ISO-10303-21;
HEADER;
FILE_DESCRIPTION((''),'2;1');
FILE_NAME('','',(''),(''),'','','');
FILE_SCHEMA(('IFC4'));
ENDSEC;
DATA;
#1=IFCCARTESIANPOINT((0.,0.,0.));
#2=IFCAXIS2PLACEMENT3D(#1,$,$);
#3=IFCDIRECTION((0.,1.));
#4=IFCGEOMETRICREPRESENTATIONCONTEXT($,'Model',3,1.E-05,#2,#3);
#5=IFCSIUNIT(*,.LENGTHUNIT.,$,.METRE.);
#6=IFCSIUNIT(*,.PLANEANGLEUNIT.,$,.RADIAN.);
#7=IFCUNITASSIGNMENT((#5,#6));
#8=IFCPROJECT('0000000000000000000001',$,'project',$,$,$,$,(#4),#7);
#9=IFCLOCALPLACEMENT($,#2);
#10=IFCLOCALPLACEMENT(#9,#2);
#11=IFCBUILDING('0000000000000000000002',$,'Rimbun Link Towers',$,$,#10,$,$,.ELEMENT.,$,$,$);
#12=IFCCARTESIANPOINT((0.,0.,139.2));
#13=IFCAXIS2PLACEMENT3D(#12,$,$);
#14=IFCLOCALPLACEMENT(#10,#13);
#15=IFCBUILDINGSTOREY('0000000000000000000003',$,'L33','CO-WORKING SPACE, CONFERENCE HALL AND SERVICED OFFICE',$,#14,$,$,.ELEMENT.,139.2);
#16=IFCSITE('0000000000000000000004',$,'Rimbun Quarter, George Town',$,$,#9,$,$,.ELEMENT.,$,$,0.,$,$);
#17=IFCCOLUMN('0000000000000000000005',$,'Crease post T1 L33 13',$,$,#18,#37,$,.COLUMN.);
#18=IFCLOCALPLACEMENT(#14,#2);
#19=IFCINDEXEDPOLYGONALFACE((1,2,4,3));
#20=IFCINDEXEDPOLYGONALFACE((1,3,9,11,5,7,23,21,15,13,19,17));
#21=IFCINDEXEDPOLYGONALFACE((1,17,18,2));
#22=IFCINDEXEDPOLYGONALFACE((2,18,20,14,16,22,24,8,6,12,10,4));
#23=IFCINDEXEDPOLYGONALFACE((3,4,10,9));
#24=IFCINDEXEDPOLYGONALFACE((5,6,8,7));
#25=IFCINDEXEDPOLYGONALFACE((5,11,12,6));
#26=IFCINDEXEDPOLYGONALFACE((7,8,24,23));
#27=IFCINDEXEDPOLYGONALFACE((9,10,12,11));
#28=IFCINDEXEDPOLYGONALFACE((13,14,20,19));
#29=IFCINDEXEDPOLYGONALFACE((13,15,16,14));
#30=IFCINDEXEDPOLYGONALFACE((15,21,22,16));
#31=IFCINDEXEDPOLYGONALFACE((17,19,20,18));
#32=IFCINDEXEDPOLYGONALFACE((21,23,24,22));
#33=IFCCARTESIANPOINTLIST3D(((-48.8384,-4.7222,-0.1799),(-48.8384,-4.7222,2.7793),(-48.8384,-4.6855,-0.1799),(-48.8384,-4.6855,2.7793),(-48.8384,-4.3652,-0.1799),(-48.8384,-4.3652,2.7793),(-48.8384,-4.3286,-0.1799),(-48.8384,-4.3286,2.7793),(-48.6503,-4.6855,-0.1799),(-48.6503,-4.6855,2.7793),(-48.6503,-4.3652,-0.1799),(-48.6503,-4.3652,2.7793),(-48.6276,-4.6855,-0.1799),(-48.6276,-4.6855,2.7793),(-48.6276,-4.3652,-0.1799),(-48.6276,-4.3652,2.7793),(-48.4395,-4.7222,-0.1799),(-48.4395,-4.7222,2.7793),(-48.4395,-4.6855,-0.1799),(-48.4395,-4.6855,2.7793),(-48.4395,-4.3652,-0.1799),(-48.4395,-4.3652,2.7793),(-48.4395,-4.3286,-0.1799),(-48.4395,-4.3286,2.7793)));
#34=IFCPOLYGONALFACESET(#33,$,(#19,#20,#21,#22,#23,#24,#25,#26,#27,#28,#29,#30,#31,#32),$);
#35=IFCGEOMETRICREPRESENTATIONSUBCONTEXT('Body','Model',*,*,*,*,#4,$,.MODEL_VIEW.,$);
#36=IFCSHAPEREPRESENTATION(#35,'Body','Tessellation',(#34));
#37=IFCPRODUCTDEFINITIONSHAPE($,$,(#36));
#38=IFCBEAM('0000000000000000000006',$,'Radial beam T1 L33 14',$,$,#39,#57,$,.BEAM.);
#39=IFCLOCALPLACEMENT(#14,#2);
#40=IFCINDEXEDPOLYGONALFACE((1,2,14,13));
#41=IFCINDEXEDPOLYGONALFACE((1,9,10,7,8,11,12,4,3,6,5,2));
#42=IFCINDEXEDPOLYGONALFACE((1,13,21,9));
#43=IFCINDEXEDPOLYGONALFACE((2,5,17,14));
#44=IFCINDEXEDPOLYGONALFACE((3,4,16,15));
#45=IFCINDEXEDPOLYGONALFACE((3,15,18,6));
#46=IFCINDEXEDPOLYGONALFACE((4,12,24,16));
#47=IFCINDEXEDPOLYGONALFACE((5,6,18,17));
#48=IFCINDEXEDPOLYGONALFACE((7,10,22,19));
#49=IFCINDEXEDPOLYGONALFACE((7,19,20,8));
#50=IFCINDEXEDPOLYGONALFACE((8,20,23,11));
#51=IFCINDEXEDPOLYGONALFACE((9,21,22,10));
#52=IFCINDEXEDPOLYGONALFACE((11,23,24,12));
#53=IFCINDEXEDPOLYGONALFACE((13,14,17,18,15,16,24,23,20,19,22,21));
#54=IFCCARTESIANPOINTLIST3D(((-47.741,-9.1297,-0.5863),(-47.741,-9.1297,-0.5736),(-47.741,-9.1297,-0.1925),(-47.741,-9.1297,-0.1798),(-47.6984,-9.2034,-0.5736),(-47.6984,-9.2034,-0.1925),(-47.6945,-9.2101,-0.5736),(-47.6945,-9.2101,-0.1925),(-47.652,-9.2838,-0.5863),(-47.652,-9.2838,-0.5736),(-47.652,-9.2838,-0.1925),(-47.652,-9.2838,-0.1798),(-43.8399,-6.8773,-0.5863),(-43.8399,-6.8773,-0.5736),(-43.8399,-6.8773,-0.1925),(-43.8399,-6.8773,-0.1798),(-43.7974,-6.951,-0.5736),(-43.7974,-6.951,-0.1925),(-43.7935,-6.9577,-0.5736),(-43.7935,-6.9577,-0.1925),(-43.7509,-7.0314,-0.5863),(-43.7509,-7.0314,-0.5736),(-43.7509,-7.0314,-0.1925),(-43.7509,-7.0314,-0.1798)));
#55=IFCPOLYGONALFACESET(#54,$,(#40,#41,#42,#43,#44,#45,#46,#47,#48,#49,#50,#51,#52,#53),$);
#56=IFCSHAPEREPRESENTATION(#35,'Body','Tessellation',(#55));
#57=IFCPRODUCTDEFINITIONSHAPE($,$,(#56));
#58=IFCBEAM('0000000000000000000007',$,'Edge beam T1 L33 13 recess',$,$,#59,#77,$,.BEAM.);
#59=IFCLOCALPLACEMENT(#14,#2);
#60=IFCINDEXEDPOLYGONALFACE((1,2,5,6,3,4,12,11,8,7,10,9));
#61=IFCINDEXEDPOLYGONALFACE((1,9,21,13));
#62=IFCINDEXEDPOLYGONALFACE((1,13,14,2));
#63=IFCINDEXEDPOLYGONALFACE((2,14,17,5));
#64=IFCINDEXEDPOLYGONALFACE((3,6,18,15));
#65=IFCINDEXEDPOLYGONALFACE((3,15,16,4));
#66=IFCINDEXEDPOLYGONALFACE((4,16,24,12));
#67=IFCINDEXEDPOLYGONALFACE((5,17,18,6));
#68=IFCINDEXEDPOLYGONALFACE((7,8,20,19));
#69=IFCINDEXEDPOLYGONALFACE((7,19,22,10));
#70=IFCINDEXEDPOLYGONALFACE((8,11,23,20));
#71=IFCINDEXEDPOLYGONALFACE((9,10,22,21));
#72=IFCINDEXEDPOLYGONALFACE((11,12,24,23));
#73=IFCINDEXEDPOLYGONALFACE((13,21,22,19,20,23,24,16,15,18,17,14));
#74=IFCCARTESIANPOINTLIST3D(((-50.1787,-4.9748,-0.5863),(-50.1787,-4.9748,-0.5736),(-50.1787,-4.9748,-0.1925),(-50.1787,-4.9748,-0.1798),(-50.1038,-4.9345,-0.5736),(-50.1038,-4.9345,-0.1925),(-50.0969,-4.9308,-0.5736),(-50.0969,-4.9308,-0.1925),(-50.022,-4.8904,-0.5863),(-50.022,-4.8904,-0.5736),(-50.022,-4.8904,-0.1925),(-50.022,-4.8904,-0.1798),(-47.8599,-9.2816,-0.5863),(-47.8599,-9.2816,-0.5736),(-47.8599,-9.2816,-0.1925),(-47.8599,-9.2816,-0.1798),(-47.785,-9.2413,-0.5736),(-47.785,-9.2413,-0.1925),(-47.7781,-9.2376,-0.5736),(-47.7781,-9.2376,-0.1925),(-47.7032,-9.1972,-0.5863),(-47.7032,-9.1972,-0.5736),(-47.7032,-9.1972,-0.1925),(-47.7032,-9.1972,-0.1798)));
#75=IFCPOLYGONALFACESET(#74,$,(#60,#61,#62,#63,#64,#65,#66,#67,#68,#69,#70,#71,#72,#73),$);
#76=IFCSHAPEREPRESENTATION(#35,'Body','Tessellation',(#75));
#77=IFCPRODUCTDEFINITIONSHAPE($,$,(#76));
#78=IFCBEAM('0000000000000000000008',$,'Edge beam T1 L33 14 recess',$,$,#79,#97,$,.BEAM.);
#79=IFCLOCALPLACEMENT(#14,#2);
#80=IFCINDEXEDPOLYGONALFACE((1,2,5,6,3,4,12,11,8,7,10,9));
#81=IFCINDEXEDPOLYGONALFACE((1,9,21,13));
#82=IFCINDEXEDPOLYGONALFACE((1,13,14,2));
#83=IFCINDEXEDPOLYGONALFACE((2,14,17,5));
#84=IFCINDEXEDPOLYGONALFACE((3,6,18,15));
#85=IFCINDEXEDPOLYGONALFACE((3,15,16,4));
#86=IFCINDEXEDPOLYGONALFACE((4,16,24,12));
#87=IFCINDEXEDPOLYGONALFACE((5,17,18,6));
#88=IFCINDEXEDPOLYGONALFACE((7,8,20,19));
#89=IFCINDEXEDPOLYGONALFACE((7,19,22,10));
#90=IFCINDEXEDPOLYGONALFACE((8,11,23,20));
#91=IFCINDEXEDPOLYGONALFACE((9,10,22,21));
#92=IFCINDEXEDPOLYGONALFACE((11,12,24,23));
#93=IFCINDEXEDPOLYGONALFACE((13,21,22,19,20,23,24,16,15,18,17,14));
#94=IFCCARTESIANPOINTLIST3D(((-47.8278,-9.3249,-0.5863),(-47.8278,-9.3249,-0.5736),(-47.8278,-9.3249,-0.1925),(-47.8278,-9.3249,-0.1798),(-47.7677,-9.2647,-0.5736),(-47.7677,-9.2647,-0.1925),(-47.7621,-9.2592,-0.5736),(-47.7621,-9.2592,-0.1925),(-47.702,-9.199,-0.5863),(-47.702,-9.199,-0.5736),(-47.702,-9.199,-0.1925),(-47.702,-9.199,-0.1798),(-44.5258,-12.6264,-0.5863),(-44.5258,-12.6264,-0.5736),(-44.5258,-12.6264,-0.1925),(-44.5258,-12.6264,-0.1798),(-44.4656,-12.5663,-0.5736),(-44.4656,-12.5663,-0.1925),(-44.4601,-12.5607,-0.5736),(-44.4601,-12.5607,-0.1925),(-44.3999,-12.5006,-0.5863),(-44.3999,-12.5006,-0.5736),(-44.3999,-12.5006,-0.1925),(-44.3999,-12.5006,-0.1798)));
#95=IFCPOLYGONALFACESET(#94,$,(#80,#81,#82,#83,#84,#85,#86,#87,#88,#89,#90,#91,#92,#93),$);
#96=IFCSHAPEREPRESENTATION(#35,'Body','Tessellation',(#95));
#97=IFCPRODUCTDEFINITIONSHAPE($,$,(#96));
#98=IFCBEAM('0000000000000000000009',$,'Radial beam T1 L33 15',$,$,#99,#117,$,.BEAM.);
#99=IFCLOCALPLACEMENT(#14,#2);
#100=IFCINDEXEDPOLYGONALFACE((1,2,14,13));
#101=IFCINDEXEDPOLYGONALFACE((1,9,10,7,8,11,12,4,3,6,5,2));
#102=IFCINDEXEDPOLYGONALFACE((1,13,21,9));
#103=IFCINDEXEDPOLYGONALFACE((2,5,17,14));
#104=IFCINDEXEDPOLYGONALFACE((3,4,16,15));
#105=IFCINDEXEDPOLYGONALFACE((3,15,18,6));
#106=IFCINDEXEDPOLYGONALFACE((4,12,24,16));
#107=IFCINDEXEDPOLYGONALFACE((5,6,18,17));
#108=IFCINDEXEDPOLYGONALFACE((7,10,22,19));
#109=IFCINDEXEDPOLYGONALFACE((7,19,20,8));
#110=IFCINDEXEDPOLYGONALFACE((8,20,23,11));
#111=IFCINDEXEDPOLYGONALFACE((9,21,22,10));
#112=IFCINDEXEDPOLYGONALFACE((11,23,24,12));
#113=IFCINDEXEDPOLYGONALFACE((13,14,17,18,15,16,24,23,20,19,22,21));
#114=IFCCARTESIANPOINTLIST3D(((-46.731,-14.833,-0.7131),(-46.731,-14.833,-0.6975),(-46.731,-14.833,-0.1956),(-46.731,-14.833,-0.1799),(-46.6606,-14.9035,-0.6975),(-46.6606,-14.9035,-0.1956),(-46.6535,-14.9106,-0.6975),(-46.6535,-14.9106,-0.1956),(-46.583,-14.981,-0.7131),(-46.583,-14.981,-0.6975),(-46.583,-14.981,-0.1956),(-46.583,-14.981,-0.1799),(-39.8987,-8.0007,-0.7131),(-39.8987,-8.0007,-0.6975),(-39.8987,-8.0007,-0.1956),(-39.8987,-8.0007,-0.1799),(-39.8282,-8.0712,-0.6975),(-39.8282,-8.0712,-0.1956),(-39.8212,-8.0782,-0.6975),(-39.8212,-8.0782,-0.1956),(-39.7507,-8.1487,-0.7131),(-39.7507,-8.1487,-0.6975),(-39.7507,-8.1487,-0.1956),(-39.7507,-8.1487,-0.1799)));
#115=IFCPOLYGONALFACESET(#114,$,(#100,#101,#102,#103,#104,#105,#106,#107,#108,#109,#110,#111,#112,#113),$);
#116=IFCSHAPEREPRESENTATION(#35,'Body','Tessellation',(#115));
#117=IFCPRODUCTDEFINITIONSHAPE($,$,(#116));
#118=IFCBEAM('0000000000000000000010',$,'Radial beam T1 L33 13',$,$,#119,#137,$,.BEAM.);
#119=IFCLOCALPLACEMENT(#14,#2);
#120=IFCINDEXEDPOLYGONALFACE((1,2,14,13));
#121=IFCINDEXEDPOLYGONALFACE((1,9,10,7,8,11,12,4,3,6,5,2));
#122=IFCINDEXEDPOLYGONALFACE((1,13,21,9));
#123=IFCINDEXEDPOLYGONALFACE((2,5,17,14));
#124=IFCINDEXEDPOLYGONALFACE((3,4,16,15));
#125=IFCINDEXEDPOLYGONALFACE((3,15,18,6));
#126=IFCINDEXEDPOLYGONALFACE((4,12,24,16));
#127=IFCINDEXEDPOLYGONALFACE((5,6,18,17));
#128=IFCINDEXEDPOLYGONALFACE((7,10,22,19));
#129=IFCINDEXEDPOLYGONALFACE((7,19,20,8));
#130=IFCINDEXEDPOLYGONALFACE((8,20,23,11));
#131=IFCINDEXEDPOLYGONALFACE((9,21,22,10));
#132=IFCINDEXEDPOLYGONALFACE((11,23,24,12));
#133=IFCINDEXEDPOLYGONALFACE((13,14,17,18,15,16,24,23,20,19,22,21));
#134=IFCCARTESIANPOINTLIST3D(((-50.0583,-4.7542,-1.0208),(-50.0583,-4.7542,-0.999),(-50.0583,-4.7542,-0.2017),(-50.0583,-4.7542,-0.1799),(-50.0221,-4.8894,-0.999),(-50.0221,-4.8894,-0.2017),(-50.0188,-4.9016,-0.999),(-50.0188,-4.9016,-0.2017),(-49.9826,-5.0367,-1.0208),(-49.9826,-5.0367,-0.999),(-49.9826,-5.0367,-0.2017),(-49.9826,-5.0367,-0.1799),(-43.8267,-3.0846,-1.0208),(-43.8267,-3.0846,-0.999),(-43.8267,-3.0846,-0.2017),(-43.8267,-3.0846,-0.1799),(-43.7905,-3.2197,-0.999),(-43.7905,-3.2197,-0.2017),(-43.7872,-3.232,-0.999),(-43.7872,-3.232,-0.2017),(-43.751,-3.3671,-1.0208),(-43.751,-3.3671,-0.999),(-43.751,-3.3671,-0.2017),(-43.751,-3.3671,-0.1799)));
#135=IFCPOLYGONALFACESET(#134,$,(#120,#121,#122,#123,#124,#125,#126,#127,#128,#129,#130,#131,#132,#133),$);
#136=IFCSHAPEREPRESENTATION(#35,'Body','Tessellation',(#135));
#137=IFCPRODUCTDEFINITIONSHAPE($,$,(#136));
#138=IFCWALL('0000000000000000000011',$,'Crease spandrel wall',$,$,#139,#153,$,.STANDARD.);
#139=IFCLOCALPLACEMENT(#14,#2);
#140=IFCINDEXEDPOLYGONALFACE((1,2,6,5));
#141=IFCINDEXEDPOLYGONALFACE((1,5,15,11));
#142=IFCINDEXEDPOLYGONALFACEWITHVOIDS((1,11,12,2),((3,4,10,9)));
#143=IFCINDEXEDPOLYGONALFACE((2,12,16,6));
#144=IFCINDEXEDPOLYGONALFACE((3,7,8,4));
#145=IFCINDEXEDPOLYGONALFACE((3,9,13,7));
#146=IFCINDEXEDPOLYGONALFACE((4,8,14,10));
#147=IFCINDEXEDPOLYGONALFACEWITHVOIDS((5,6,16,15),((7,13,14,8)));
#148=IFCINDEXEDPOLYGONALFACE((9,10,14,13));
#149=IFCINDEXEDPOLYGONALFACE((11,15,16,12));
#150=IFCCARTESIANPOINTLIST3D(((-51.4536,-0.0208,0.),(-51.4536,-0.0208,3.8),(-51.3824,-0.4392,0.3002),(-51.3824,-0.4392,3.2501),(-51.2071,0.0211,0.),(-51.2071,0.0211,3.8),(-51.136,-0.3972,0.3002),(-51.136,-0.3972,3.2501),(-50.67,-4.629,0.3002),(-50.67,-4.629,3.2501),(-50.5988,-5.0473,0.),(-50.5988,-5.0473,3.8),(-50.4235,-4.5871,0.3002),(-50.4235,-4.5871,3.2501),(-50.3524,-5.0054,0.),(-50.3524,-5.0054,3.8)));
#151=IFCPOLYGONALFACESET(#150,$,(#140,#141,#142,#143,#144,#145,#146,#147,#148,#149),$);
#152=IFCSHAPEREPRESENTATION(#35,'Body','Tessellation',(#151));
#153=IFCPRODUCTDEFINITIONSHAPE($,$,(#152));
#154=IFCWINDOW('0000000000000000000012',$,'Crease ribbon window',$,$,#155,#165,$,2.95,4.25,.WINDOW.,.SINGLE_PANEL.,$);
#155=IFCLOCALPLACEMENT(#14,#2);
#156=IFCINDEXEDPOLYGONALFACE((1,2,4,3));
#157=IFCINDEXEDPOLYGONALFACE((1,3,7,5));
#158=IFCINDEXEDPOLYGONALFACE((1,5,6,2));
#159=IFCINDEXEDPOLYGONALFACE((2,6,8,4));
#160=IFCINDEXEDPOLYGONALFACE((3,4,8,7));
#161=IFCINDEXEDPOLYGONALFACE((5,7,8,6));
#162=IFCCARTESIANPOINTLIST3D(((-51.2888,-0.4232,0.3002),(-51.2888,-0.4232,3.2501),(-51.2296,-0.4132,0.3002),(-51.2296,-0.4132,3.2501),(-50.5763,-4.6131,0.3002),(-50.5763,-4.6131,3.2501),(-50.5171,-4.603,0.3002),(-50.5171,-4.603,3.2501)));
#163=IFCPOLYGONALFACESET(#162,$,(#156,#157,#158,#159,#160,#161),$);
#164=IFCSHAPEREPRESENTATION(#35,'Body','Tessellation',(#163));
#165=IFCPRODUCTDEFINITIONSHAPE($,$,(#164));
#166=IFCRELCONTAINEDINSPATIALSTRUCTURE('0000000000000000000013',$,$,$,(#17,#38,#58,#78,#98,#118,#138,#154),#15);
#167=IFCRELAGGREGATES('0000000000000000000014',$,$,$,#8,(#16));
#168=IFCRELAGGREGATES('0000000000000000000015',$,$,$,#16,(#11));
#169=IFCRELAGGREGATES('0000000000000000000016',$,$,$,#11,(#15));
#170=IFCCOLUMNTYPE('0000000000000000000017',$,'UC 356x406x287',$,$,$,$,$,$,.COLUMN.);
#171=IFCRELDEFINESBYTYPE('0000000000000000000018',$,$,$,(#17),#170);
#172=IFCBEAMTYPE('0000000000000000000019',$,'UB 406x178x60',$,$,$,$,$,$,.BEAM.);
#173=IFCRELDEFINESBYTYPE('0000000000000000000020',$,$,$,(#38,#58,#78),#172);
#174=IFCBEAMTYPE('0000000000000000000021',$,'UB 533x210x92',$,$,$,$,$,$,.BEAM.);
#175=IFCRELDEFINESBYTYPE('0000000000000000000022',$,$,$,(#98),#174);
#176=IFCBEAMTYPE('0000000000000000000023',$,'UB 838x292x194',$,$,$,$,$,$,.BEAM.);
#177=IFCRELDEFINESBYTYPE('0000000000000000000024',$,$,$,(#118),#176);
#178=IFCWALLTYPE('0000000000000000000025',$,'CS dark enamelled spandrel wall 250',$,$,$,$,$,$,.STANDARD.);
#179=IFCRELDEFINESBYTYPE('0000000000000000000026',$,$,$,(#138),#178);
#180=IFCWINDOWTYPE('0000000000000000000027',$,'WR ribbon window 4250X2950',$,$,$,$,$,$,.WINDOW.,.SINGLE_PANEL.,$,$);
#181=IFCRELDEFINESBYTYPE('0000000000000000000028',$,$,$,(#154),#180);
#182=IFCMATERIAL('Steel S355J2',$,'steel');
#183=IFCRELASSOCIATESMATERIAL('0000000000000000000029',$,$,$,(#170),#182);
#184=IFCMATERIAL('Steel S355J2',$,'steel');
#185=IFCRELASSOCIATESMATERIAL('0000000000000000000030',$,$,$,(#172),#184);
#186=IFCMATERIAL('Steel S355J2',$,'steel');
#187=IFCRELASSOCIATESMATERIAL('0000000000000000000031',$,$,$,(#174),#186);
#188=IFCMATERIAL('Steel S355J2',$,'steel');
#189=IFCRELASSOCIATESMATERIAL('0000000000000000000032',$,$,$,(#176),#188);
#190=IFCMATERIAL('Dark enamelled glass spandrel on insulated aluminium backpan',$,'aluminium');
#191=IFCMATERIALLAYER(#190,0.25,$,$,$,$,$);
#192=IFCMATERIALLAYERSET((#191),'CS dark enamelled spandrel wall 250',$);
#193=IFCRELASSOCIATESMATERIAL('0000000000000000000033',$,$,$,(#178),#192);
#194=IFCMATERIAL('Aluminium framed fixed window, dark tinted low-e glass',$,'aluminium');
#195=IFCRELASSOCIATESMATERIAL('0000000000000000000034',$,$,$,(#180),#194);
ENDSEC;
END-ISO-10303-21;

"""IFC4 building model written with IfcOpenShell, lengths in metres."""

from ifc_helpers import new_model, si_unit, direction, frame, frame_2d, origin, origin_2d, place, context, subcontext, project, spatial, rectangle, i_section, extrude, material, layer, layer_set, material_profile, profile_set, type_object, element, fill, save


model = new_model("IFC4")

# Units and contexts
model_context = context("Model", 3, precision=1e-05, world=origin(), true_north=direction((0.0, 1.0)))
body_context = subcontext(model_context, "Body", "Model", "MODEL_VIEW")
ifc_project = project(units=[si_unit("LENGTHUNIT", "METRE"), si_unit("PLANEANGLEUNIT", "RADIAN")], contexts=[model_context])

# Site, building, storey
site_placement = place(None, origin())
site = spatial("IfcSite", under=ifc_project, at=site_placement, Name="Rimbun Quarter, George Town", CompositionType="ELEMENT", RefElevation=0.0)
building_placement = place(site_placement, origin())
building = spatial("IfcBuilding", under=site, at=building_placement, Name="Rimbun Link Towers", CompositionType="ELEMENT")
storey_placement = place(building_placement, frame((0.0, 0.0, 139.2)))
storey = spatial("IfcBuildingStorey", under=building, at=storey_placement, Name="L33", Description="CO-WORKING SPACE, CONFERENCE HALL AND SERVICED OFFICE", CompositionType="ELEMENT", Elevation=139.2)

# Column
ifc_material_1 = material(Name="Steel S355J2", Category="steel")
ifc_material_profile_1 = material_profile(ifc_material_1, i_section(OverallWidth=0.3989, OverallDepth=0.3936, WebThickness=0.0227, FlangeThickness=0.0366, at=origin_2d()), Name="UC 356x406x287")
ifc_profile_set_1 = profile_set([ifc_material_profile_1], Name="Steel S355J2")
column_type = type_object("IfcColumnType", Name="UC 356x406x287", PredefinedType="COLUMN", material=ifc_profile_set_1)
column_placement = place(storey_placement, frame((-48.6389, -4.5254, -0.1799), z_axis=(0.0, 0.0, 1.0), x_axis=(1.0, 0.0, 0.0)))
element("IfcColumn", 1, at=column_placement, inside=storey, type_object=column_type, Name="Crease post T1 L33 13", PredefinedType="COLUMN", context=body_context, shape_type="SweptSolid", body=[
    extrude(i_section(OverallWidth=0.3989, OverallDepth=0.3936, WebThickness=0.0227, FlangeThickness=0.0366, at=origin_2d()), origin(), (0.0, 0.0, 1.0), 2.9592),
])

# Beams
ifc_material_2 = material(Name="Steel S355J2", Category="steel")
ifc_material_profile_2 = material_profile(ifc_material_2, i_section(OverallWidth=0.178, OverallDepth=0.4065, WebThickness=0.0078, FlangeThickness=0.0127, at=origin_2d()), Name="UB 406x178x60")
ifc_profile_set_2 = profile_set([ifc_material_profile_2], Name="Steel S355J2")
beam_type_1 = type_object("IfcBeamType", Name="UB 406x178x60", PredefinedType="BEAM", material=ifc_profile_set_2)
beam_1_placement = place(storey_placement, frame((-43.7954, -6.9543, -0.3831), z_axis=(-0.866013, -0.500021, 0.0), x_axis=(0.500021, -0.866013, 0.0)))
element("IfcBeam", 2, at=beam_1_placement, inside=storey, type_object=beam_type_1, Name="Radial beam T1 L33 14", PredefinedType="BEAM", context=body_context, shape_type="SweptSolid", body=[
    extrude(i_section(OverallWidth=0.178, OverallDepth=0.4065, WebThickness=0.0078, FlangeThickness=0.0127, at=origin_2d()), origin(), (0.0, 0.0, 1.0), 4.5046),
])
beam_2_placement = place(storey_placement, frame((-50.1003, -4.9326, -0.3831), z_axis=(0.474061, -0.880492, 0.0), x_axis=(0.880492, 0.474061, 0.0)))
element("IfcBeam", 3, at=beam_2_placement, inside=storey, type_object=beam_type_1, Name="Edge beam T1 L33 13 recess", PredefinedType="BEAM", context=body_context, shape_type="SweptSolid", body=[
    extrude(i_section(OverallWidth=0.178, OverallDepth=0.4065, WebThickness=0.0078, FlangeThickness=0.0127, at=origin_2d()), origin(), (0.0, 0.0, 1.0), 4.8914),
])
beam_3_placement = place(storey_placement, frame((-47.7649, -9.262, -0.3831), z_axis=(0.707159, -0.707054, 0.0), x_axis=(0.707054, 0.707159, 0.0)))
element("IfcBeam", 4, at=beam_3_placement, inside=storey, type_object=beam_type_1, Name="Edge beam T1 L33 14 recess", PredefinedType="BEAM", context=body_context, shape_type="SweptSolid", body=[
    extrude(i_section(OverallWidth=0.178, OverallDepth=0.4065, WebThickness=0.0078, FlangeThickness=0.0127, at=origin_2d()), origin(), (0.0, 0.0, 1.0), 4.6694),
])
ifc_material_3 = material(Name="Steel S355J2", Category="steel")
ifc_material_profile_3 = material_profile(ifc_material_3, i_section(OverallWidth=0.2092, OverallDepth=0.5332, WebThickness=0.01, FlangeThickness=0.0156, at=origin_2d()), Name="UB 533x210x92")
ifc_profile_set_3 = profile_set([ifc_material_profile_3], Name="Steel S355J2")
beam_type_2 = type_object("IfcBeamType", Name="UB 533x210x92", PredefinedType="BEAM", material=ifc_profile_set_3)
beam_4_placement = place(storey_placement, frame((-39.8247, -8.0747, -0.4465), z_axis=(-0.707107, -0.707107, 0.0), x_axis=(0.707107, -0.707107, 0.0)))
element("IfcBeam", 5, at=beam_4_placement, inside=storey, type_object=beam_type_2, Name="Radial beam T1 L33 15", PredefinedType="BEAM", context=body_context, shape_type="SweptSolid", body=[
    extrude(i_section(OverallWidth=0.2092, OverallDepth=0.5332, WebThickness=0.01, FlangeThickness=0.0156, at=origin_2d()), origin(), (0.0, 0.0, 1.0), 9.6624),
])
ifc_material_4 = material(Name="Steel S355J2", Category="steel")
ifc_material_profile_4 = material_profile(ifc_material_4, i_section(OverallWidth=0.2925, OverallDepth=0.8408, WebThickness=0.0127, FlangeThickness=0.0217, at=origin_2d()), Name="UB 838x292x194")
ifc_profile_set_4 = profile_set([ifc_material_profile_4], Name="Steel S355J2")
beam_type_3 = type_object("IfcBeamType", Name="UB 838x292x194", PredefinedType="BEAM", material=ifc_profile_set_4)
beam_5_placement = place(storey_placement, frame((-43.7888, -3.2258, -0.6003), z_axis=(-0.96593, -0.258805, 0.0), x_axis=(0.258805, -0.96593, 0.0)))
element("IfcBeam", 6, at=beam_5_placement, inside=storey, type_object=beam_type_3, Name="Radial beam T1 L33 13", PredefinedType="BEAM", context=body_context, shape_type="SweptSolid", body=[
    extrude(i_section(OverallWidth=0.2925, OverallDepth=0.8408, WebThickness=0.0127, FlangeThickness=0.0217, at=origin_2d()), origin(), (0.0, 0.0, 1.0), 6.4514),
])

# Wall, opening, window
ifc_material_5 = material(Name="Dark enamelled glass spandrel on insulated aluminium backpan", Category="aluminium")
ifc_layer_1 = layer(ifc_material_5, 0.25)
ifc_layer_set_1 = layer_set([ifc_layer_1], Name="CS dark enamelled spandrel wall 250")
wall_type_1 = type_object("IfcWallType", Name="CS dark enamelled spandrel wall 250", PredefinedType="STANDARD", material=ifc_layer_set_1)
wall_1_placement = place(storey_placement, frame((-50.4756, -5.0264, 0.0), z_axis=(0.0, 0.0, 1.0), x_axis=(-0.167644, 0.985848, 0.0)))
wall_1 = element("IfcWall", 7, at=wall_1_placement, inside=storey, type_object=wall_type_1, Name="Crease spandrel wall", PredefinedType="STANDARD", context=body_context, shape_type="SweptSolid", body=[
    extrude(rectangle(XDim=5.0986, YDim=0.25, at=frame_2d((2.5493, 0.0))), origin(), (0.0, 0.0, 1.0), 3.8),
])
opening_1_placement = place(wall_1_placement, frame((0.4243, 0.0, 0.3)))
opening_1 = element("IfcOpeningElement", 8, at=opening_1_placement, cuts=wall_1, PredefinedType="OPENING", context=body_context, shape_type="SweptSolid", body=[
    extrude(rectangle(XDim=4.25, YDim=2.95, at=frame_2d((2.125, 1.4751))), frame((0.0, 0.135, 0.0), z_axis=(0.0, -1.0, 0.0), x_axis=(1.0, 0.0, 0.0)), (0.0, 0.0, 1.0), 0.27),
])
ifc_material_6 = material(Name="Aluminium framed fixed window, dark tinted low-e glass", Category="aluminium")
window_type = type_object("IfcWindowType", Name="WR ribbon window 4250X2950", PartitioningType="SINGLE_PANEL", PredefinedType="WINDOW", material=ifc_material_6)
window_1_placement = place(opening_1_placement, origin())
window_1 = element("IfcWindow", 9, at=window_1_placement, inside=storey, type_object=window_type, Name="Crease ribbon window", OverallHeight=2.95, OverallWidth=4.25, PartitioningType="SINGLE_PANEL", PredefinedType="WINDOW", context=body_context, shape_type="SweptSolid", body=[
    extrude(rectangle(XDim=4.25, YDim=2.95, at=frame_2d((2.125, 1.4751))), frame((0.0, 0.03, 0.0), z_axis=(0.0, -1.0, 0.0), x_axis=(1.0, 0.0, 0.0)), (0.0, 0.0, 1.0), 0.0601),
])
fill(opening_1, window_1)

save(model, "model.ifc")
